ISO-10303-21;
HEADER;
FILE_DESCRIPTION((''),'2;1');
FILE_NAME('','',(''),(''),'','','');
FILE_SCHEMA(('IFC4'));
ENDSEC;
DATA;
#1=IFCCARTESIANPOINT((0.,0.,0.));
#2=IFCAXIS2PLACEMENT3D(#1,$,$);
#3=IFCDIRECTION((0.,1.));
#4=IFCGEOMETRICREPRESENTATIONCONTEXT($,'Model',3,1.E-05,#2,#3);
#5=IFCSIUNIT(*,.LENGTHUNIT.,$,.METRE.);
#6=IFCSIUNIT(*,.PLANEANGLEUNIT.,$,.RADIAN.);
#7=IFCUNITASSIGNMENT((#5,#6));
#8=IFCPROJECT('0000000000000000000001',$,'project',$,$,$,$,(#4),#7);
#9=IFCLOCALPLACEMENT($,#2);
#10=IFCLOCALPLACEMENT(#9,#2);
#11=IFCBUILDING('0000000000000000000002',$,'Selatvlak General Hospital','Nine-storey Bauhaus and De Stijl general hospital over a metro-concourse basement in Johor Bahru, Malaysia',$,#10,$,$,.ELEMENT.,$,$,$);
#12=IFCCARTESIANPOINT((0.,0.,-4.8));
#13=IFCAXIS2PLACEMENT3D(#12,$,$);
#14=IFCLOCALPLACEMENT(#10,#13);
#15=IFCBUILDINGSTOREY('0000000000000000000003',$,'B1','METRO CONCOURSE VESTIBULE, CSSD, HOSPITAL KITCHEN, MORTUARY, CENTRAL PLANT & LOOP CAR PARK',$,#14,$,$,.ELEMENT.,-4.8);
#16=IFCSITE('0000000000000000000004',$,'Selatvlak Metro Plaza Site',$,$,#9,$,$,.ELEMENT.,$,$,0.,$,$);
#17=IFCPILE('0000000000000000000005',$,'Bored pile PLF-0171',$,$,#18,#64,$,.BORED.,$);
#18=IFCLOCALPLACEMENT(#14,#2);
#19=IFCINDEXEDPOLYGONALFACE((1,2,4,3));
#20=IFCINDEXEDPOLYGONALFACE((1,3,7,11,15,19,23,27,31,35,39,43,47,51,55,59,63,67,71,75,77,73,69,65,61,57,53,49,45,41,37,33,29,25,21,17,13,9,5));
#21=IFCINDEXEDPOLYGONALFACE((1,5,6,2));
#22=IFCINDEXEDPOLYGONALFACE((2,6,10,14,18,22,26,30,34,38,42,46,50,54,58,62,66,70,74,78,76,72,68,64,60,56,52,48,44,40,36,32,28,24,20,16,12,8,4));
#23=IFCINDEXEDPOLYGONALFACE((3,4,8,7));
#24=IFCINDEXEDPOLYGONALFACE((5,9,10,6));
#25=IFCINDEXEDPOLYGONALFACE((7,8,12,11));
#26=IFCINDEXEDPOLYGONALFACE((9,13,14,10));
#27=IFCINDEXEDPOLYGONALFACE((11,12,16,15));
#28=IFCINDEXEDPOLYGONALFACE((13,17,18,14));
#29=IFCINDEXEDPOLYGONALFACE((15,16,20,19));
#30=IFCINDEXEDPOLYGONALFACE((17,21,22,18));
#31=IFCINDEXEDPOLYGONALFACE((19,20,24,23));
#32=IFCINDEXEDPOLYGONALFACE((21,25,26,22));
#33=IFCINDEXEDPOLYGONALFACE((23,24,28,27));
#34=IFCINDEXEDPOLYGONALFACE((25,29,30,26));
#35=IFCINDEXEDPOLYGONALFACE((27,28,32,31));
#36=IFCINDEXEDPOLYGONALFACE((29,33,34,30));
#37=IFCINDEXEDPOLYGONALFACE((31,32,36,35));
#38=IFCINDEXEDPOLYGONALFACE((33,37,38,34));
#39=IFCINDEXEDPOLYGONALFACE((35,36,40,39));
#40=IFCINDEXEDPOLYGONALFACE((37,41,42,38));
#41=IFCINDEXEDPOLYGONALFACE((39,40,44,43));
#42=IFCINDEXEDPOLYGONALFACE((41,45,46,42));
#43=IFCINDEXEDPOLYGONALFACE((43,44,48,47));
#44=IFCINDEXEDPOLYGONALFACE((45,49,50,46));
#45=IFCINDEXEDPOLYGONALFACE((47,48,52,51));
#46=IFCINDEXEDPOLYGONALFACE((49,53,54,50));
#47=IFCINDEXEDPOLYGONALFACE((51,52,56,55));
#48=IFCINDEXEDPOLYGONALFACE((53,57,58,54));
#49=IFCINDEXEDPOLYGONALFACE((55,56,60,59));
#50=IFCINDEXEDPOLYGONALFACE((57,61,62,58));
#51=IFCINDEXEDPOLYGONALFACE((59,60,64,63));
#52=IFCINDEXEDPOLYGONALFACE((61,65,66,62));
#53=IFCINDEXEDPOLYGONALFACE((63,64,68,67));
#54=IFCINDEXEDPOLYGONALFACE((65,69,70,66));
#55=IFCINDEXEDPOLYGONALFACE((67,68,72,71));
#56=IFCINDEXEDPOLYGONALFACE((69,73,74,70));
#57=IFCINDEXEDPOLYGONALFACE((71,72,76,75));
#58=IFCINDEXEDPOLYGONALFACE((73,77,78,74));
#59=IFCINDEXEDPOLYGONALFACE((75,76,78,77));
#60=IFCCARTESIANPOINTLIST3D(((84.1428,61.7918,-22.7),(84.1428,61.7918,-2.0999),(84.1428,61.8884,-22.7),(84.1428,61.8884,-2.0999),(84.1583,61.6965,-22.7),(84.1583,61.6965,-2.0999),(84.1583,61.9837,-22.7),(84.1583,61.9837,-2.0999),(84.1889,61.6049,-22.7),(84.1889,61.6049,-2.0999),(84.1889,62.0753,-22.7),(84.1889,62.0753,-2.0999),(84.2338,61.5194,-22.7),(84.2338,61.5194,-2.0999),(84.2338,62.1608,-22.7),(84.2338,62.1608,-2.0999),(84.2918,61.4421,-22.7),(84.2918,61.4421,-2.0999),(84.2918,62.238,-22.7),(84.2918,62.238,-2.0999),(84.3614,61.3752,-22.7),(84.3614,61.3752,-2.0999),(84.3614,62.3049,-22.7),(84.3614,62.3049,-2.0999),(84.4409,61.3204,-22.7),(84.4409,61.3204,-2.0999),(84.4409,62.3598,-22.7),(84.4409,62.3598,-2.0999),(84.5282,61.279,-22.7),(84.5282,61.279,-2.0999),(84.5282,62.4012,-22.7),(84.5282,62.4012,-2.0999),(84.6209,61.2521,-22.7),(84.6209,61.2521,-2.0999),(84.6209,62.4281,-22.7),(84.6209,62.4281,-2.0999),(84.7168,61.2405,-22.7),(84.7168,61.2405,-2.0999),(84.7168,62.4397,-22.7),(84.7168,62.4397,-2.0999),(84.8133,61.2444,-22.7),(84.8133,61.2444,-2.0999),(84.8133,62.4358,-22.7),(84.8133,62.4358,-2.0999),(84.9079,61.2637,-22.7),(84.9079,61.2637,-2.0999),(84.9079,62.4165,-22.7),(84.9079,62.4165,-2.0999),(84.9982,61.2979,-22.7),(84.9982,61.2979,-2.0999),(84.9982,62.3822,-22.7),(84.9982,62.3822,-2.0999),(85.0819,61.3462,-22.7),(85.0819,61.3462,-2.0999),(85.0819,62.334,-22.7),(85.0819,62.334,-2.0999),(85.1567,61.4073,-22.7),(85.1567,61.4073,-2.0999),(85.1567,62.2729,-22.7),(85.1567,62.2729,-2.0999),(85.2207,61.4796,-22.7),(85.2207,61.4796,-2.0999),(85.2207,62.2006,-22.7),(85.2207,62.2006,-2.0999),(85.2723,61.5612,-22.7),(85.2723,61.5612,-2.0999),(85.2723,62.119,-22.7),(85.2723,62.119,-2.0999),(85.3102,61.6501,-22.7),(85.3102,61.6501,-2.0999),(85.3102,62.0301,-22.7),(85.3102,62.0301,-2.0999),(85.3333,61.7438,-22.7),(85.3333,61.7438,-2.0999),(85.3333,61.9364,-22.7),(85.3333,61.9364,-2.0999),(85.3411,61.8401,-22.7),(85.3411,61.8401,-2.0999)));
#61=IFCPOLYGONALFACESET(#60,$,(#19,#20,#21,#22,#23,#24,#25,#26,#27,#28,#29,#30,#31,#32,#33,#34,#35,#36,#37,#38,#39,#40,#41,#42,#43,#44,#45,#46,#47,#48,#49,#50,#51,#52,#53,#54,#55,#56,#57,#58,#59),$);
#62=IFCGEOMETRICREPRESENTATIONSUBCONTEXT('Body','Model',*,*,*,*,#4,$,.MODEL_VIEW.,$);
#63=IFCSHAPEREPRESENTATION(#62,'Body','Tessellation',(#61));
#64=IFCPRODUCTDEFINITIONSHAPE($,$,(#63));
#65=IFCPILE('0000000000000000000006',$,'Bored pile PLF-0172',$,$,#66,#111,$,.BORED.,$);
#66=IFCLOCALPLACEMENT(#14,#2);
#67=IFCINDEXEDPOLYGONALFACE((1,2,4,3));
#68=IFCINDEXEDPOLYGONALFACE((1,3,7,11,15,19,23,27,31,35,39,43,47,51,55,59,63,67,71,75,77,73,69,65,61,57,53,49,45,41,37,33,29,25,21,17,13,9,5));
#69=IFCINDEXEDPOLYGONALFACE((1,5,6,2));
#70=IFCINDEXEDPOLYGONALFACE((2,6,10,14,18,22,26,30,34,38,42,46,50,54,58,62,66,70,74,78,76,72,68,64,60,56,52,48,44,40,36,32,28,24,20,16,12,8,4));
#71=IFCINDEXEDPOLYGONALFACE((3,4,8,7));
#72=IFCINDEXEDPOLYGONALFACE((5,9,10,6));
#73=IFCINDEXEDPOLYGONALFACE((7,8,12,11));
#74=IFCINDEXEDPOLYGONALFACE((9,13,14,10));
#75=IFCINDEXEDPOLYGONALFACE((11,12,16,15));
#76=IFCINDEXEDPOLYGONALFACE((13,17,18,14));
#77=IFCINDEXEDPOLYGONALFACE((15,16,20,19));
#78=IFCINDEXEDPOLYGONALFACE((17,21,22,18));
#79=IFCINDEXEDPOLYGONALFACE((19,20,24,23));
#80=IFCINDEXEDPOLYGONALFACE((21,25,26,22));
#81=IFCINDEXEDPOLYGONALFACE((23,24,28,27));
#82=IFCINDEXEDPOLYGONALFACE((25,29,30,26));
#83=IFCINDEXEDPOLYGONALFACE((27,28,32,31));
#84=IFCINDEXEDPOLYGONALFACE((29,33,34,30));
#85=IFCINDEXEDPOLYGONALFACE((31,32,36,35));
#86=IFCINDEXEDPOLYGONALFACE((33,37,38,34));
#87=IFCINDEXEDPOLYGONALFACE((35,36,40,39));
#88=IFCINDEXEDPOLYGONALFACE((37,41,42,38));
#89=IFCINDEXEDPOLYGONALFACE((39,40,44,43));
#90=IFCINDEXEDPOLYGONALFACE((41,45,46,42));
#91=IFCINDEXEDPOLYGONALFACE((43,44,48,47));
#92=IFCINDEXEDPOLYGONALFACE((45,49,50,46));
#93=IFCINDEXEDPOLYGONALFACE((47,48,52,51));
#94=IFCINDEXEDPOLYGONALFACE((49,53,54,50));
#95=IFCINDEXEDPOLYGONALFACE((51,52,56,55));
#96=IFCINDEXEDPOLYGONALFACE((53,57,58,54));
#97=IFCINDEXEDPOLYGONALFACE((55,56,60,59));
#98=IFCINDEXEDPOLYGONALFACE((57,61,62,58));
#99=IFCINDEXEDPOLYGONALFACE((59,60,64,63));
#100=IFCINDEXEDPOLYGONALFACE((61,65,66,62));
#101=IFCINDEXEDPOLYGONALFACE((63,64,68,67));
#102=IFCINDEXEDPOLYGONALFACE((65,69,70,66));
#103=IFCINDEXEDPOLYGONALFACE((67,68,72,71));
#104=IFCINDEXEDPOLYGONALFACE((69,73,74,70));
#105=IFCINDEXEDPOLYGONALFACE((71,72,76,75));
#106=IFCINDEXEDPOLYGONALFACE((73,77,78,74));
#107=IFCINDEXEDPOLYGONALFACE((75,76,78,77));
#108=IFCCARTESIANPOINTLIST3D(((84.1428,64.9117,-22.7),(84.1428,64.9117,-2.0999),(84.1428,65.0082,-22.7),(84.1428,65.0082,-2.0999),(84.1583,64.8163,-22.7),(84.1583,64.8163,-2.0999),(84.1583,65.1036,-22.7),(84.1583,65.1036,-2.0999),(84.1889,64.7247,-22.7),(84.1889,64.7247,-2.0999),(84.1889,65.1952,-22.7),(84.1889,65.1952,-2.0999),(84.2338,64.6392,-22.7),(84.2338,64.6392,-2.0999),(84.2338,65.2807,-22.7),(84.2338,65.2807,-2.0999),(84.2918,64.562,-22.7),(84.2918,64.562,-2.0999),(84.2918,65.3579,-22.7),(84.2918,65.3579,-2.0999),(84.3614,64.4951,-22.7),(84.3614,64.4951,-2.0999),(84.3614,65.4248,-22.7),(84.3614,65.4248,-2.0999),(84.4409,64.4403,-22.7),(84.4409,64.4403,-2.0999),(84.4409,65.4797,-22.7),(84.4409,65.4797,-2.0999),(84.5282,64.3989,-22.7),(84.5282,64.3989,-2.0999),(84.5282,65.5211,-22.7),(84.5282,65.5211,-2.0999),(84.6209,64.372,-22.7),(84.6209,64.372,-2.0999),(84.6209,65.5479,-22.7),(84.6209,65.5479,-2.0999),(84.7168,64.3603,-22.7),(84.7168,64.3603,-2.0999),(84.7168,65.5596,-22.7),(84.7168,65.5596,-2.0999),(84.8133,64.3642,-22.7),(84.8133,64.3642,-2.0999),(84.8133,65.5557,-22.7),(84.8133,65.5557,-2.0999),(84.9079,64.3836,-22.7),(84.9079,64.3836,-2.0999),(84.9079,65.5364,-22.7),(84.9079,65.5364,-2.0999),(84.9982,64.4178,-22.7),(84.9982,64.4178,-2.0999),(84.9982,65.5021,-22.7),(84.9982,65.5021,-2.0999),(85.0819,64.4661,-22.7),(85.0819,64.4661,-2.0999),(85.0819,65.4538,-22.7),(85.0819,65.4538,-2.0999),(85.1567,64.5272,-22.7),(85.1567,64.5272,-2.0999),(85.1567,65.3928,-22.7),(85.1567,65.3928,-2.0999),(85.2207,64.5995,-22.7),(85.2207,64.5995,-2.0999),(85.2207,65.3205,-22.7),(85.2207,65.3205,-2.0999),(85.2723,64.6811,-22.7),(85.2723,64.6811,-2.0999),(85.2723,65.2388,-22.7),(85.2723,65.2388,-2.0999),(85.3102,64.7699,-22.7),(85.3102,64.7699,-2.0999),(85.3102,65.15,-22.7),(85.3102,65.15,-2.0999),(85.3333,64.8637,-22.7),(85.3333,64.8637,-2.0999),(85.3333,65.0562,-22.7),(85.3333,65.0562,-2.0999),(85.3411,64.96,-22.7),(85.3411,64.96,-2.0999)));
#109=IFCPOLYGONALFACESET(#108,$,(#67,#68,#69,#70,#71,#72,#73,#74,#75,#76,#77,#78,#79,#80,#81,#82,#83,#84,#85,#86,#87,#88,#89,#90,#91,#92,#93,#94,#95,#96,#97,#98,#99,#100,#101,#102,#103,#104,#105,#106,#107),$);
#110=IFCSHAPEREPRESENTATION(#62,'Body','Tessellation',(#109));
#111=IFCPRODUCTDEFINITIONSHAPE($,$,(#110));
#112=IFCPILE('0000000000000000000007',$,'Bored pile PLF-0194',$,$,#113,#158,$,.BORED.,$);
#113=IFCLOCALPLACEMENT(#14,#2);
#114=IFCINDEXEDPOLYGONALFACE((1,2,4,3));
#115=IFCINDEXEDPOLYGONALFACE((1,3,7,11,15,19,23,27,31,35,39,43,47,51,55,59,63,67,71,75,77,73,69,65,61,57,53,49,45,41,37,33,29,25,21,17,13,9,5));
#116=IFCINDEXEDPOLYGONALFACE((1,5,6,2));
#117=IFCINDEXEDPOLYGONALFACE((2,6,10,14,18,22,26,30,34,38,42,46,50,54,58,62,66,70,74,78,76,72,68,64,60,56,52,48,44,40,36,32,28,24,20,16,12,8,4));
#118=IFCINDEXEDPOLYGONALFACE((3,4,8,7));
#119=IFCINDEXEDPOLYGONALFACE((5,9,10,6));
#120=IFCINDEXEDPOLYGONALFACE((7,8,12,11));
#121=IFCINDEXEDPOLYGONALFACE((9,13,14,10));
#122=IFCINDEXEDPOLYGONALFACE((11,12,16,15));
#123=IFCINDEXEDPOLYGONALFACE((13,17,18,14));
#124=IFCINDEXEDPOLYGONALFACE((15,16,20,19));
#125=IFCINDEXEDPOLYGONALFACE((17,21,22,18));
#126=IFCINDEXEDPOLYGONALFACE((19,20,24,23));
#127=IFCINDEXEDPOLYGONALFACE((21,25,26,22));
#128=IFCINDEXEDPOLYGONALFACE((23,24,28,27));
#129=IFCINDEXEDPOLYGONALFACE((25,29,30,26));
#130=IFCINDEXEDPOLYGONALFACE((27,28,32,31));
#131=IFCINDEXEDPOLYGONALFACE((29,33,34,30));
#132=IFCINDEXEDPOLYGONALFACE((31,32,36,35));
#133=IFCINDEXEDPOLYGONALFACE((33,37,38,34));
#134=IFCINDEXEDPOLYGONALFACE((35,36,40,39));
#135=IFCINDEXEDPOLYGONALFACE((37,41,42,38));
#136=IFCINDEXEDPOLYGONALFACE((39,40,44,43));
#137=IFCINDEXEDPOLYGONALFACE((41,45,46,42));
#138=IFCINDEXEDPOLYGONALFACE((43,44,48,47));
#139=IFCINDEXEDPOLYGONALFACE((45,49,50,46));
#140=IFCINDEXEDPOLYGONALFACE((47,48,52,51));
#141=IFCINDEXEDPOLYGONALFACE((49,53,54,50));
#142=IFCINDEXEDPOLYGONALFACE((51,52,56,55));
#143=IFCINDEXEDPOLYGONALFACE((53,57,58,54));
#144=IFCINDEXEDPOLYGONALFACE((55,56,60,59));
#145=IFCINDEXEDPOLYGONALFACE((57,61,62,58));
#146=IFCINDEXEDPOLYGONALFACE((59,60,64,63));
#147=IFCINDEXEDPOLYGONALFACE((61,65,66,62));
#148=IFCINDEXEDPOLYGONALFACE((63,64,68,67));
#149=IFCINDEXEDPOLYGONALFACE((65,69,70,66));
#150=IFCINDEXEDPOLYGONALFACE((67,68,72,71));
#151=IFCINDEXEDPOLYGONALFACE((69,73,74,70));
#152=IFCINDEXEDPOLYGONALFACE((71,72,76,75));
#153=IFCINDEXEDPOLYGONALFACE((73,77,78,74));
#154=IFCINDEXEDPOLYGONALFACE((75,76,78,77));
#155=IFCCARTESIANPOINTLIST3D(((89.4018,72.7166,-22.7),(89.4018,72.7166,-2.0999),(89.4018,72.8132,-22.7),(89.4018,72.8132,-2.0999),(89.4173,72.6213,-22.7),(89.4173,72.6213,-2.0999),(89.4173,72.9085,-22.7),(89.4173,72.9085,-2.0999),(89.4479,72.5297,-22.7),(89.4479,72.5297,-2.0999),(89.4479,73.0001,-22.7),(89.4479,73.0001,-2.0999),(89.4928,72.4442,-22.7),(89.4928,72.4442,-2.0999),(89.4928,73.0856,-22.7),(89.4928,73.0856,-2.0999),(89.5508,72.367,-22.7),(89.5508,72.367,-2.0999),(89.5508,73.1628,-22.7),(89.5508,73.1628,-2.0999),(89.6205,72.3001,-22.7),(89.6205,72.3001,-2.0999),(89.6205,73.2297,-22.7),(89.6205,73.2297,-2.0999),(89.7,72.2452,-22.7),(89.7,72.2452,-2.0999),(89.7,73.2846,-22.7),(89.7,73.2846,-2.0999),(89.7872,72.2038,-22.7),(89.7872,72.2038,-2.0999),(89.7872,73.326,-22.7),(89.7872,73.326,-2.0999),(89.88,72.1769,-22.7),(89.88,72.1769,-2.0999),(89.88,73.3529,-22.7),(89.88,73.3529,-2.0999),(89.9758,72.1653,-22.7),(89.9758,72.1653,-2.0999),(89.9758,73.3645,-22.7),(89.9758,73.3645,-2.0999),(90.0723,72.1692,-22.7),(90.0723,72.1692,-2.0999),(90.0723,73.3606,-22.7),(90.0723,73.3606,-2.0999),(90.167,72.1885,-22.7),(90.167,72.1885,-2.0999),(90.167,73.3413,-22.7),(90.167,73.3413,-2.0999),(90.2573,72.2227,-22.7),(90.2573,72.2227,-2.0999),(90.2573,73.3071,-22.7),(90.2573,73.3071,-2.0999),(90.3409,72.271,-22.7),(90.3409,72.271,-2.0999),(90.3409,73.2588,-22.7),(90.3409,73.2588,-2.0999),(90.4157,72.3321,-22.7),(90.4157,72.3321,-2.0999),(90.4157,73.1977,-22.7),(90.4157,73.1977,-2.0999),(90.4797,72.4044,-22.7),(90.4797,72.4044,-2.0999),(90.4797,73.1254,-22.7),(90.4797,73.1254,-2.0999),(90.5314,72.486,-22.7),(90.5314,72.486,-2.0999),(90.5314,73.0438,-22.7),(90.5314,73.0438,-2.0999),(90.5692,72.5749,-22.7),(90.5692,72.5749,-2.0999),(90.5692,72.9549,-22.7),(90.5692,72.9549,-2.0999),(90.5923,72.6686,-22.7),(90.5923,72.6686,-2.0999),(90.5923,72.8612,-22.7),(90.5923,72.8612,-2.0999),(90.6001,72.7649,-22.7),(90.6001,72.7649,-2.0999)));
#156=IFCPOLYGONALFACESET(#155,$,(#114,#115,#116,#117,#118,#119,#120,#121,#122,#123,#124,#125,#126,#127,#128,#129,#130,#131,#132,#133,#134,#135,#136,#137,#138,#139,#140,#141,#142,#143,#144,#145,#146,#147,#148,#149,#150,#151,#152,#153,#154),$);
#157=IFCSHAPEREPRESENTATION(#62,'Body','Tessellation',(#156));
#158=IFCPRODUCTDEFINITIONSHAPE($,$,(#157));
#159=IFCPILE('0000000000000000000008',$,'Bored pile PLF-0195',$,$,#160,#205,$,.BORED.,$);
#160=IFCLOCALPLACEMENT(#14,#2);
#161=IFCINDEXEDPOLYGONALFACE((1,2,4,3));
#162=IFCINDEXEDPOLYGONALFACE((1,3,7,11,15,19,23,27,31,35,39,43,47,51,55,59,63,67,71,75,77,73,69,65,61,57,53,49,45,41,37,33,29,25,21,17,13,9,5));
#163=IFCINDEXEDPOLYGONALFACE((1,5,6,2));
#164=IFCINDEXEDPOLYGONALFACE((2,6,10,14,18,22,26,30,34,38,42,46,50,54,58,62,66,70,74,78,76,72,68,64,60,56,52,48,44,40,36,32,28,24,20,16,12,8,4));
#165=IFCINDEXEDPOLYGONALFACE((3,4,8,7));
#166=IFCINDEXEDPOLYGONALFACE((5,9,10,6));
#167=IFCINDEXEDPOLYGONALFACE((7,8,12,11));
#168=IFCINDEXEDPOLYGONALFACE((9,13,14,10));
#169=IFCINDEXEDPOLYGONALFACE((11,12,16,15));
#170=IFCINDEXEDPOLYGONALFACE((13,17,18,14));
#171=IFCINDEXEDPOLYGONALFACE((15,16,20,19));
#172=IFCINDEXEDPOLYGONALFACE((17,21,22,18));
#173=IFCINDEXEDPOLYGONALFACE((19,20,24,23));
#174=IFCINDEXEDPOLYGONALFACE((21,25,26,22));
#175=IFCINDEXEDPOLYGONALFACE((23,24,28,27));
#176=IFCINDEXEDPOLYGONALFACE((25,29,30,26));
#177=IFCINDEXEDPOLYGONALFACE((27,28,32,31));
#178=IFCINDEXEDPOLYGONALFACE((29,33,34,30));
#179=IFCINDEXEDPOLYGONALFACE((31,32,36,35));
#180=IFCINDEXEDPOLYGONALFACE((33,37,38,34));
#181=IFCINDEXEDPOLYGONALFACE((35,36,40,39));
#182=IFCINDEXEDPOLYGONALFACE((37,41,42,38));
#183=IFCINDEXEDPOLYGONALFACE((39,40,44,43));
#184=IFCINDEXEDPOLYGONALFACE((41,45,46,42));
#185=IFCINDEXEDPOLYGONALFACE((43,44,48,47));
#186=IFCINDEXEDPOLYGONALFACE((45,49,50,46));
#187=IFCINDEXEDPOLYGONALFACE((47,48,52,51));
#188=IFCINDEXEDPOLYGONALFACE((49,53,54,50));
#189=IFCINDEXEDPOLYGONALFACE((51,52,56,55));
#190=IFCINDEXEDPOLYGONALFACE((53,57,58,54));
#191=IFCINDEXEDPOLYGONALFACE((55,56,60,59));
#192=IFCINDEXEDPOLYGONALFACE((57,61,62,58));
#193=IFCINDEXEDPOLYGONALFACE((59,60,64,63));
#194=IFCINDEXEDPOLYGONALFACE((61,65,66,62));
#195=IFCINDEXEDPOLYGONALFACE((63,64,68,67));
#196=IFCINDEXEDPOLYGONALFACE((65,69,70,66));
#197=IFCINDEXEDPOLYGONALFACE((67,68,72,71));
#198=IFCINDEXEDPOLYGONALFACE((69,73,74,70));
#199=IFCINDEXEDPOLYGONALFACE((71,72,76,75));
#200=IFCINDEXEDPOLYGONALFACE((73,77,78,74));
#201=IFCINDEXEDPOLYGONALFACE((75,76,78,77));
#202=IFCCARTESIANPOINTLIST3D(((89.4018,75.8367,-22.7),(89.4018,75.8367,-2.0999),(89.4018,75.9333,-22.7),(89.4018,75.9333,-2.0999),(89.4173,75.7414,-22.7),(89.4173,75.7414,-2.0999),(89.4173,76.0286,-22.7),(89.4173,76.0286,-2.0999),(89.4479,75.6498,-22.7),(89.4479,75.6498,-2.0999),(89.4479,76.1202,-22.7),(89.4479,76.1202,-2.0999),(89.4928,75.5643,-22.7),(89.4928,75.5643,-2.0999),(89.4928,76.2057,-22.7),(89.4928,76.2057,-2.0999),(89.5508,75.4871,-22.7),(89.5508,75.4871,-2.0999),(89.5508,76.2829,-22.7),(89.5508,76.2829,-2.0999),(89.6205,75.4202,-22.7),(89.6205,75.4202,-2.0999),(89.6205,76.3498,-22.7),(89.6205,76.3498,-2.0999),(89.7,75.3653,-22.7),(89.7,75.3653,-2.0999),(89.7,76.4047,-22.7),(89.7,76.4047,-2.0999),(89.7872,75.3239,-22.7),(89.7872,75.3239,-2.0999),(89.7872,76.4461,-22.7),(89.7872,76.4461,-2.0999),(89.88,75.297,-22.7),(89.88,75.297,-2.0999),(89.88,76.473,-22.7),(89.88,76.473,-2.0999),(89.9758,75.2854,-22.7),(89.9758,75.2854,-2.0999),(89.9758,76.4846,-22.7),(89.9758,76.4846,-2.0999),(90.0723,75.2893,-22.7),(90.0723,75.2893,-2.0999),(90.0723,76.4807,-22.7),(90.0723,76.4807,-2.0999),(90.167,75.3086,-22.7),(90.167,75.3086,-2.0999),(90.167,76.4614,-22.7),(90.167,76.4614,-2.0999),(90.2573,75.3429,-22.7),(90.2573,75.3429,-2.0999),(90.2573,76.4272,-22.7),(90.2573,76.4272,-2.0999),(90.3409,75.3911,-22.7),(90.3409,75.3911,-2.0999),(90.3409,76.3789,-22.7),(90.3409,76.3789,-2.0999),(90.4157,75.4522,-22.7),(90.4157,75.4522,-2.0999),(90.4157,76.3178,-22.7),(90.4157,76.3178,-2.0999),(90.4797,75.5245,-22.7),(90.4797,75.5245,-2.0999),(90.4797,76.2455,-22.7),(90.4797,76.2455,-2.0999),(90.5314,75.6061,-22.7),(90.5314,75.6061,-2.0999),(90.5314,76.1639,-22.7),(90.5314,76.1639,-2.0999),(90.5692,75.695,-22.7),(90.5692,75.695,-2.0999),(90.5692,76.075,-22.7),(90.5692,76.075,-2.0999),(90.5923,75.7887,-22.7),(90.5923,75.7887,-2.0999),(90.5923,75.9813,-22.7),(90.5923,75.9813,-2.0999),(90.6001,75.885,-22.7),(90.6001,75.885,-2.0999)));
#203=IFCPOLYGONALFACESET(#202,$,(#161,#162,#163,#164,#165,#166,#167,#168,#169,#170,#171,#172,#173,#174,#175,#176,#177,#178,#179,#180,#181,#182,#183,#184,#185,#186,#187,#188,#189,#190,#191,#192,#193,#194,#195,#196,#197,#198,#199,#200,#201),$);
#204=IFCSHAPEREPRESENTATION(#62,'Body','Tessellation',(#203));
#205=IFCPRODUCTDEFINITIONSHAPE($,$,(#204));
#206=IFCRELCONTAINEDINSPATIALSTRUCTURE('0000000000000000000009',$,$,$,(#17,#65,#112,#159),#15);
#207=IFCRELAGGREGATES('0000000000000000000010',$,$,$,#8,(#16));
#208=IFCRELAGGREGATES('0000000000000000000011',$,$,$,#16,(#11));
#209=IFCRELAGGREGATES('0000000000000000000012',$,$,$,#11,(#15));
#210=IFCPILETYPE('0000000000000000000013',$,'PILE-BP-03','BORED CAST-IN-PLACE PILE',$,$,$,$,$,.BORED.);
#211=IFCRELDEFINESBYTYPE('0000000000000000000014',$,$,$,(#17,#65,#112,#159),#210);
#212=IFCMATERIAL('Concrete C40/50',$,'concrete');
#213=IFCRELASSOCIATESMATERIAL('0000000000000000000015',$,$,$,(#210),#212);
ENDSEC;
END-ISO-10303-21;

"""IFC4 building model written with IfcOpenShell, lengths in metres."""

from ifc_helpers import new_model, si_unit, direction, frame, origin, origin_2d, place, context, subcontext, project, spatial, circle, extrude, material, material_profile, profile_set, type_object, element, save


model = new_model("IFC4")

# Units and contexts
model_context = context("Model", 3, precision=1e-05, world=origin(), true_north=direction((0.0, 1.0)))
body_context = subcontext(model_context, "Body", "Model", "MODEL_VIEW")
ifc_project = project(units=[si_unit("LENGTHUNIT", "METRE"), si_unit("PLANEANGLEUNIT", "RADIAN")], contexts=[model_context])

# Site, building, storey
site_placement = place(None, origin())
site = spatial("IfcSite", under=ifc_project, at=site_placement, Name="Selatvlak Metro Plaza Site", CompositionType="ELEMENT", RefElevation=0.0)
building_placement = place(site_placement, origin())
building = spatial("IfcBuilding", under=site, at=building_placement, Name="Selatvlak General Hospital", Description="Nine-storey Bauhaus and De Stijl general hospital over a metro-concourse basement in Johor Bahru, Malaysia", CompositionType="ELEMENT")
storey_placement = place(building_placement, frame((0.0, 0.0, -4.8)))
storey = spatial("IfcBuildingStorey", under=building, at=storey_placement, Name="B1", Description="METRO CONCOURSE VESTIBULE, CSSD, HOSPITAL KITCHEN, MORTUARY, CENTRAL PLANT & LOOP CAR PARK", CompositionType="ELEMENT", Elevation=-4.8)

# Shared definitions
ifc_material_1 = material(Name="Concrete C40/50", Category="concrete")

# Piles
ifc_material_profile_1 = material_profile(ifc_material_1, circle(Radius=0.6001, at=origin_2d()), Name="BORED PILE 1200")
ifc_profile_set_1 = profile_set([ifc_material_profile_1], Name="Concrete C40/50")
pile_type_1 = type_object("IfcPileType", Name="PILE-BP-03", Description="BORED CAST-IN-PLACE PILE", PredefinedType="BORED", material=ifc_profile_set_1)
for number, where, z_axis, x_axis, name in (
    (1, (84.741, 61.8401, -2.0999), (0.0, 0.0, -1.0), (1.0, 0.0, 0.0), "Bored pile PLF-0171"),
    (2, (84.741, 64.96, -2.0999), (0.0, 0.0, -1.0), (1.0, 0.0, 0.0), "Bored pile PLF-0172"),
    (3, (90.0, 72.7649, -2.0999), (0.0, 0.0, -1.0), (1.0, 0.0, 0.0), "Bored pile PLF-0194"),
    (4, (90.0, 75.885, -2.0999), (0.0, 0.0, -1.0), (1.0, 0.0, 0.0), "Bored pile PLF-0195"),
):
    element("IfcPile", number, at=place(storey_placement, frame(where, z_axis=z_axis, x_axis=x_axis)), inside=storey, type_object=pile_type_1, Name=name, PredefinedType="BORED", context=body_context, shape_type="SweptSolid", body=[
        extrude(circle(Radius=0.6001, at=origin_2d()), origin(), (0.0, 0.0, 1.0), 20.6001),
    ])

save(model, "model.ifc")
